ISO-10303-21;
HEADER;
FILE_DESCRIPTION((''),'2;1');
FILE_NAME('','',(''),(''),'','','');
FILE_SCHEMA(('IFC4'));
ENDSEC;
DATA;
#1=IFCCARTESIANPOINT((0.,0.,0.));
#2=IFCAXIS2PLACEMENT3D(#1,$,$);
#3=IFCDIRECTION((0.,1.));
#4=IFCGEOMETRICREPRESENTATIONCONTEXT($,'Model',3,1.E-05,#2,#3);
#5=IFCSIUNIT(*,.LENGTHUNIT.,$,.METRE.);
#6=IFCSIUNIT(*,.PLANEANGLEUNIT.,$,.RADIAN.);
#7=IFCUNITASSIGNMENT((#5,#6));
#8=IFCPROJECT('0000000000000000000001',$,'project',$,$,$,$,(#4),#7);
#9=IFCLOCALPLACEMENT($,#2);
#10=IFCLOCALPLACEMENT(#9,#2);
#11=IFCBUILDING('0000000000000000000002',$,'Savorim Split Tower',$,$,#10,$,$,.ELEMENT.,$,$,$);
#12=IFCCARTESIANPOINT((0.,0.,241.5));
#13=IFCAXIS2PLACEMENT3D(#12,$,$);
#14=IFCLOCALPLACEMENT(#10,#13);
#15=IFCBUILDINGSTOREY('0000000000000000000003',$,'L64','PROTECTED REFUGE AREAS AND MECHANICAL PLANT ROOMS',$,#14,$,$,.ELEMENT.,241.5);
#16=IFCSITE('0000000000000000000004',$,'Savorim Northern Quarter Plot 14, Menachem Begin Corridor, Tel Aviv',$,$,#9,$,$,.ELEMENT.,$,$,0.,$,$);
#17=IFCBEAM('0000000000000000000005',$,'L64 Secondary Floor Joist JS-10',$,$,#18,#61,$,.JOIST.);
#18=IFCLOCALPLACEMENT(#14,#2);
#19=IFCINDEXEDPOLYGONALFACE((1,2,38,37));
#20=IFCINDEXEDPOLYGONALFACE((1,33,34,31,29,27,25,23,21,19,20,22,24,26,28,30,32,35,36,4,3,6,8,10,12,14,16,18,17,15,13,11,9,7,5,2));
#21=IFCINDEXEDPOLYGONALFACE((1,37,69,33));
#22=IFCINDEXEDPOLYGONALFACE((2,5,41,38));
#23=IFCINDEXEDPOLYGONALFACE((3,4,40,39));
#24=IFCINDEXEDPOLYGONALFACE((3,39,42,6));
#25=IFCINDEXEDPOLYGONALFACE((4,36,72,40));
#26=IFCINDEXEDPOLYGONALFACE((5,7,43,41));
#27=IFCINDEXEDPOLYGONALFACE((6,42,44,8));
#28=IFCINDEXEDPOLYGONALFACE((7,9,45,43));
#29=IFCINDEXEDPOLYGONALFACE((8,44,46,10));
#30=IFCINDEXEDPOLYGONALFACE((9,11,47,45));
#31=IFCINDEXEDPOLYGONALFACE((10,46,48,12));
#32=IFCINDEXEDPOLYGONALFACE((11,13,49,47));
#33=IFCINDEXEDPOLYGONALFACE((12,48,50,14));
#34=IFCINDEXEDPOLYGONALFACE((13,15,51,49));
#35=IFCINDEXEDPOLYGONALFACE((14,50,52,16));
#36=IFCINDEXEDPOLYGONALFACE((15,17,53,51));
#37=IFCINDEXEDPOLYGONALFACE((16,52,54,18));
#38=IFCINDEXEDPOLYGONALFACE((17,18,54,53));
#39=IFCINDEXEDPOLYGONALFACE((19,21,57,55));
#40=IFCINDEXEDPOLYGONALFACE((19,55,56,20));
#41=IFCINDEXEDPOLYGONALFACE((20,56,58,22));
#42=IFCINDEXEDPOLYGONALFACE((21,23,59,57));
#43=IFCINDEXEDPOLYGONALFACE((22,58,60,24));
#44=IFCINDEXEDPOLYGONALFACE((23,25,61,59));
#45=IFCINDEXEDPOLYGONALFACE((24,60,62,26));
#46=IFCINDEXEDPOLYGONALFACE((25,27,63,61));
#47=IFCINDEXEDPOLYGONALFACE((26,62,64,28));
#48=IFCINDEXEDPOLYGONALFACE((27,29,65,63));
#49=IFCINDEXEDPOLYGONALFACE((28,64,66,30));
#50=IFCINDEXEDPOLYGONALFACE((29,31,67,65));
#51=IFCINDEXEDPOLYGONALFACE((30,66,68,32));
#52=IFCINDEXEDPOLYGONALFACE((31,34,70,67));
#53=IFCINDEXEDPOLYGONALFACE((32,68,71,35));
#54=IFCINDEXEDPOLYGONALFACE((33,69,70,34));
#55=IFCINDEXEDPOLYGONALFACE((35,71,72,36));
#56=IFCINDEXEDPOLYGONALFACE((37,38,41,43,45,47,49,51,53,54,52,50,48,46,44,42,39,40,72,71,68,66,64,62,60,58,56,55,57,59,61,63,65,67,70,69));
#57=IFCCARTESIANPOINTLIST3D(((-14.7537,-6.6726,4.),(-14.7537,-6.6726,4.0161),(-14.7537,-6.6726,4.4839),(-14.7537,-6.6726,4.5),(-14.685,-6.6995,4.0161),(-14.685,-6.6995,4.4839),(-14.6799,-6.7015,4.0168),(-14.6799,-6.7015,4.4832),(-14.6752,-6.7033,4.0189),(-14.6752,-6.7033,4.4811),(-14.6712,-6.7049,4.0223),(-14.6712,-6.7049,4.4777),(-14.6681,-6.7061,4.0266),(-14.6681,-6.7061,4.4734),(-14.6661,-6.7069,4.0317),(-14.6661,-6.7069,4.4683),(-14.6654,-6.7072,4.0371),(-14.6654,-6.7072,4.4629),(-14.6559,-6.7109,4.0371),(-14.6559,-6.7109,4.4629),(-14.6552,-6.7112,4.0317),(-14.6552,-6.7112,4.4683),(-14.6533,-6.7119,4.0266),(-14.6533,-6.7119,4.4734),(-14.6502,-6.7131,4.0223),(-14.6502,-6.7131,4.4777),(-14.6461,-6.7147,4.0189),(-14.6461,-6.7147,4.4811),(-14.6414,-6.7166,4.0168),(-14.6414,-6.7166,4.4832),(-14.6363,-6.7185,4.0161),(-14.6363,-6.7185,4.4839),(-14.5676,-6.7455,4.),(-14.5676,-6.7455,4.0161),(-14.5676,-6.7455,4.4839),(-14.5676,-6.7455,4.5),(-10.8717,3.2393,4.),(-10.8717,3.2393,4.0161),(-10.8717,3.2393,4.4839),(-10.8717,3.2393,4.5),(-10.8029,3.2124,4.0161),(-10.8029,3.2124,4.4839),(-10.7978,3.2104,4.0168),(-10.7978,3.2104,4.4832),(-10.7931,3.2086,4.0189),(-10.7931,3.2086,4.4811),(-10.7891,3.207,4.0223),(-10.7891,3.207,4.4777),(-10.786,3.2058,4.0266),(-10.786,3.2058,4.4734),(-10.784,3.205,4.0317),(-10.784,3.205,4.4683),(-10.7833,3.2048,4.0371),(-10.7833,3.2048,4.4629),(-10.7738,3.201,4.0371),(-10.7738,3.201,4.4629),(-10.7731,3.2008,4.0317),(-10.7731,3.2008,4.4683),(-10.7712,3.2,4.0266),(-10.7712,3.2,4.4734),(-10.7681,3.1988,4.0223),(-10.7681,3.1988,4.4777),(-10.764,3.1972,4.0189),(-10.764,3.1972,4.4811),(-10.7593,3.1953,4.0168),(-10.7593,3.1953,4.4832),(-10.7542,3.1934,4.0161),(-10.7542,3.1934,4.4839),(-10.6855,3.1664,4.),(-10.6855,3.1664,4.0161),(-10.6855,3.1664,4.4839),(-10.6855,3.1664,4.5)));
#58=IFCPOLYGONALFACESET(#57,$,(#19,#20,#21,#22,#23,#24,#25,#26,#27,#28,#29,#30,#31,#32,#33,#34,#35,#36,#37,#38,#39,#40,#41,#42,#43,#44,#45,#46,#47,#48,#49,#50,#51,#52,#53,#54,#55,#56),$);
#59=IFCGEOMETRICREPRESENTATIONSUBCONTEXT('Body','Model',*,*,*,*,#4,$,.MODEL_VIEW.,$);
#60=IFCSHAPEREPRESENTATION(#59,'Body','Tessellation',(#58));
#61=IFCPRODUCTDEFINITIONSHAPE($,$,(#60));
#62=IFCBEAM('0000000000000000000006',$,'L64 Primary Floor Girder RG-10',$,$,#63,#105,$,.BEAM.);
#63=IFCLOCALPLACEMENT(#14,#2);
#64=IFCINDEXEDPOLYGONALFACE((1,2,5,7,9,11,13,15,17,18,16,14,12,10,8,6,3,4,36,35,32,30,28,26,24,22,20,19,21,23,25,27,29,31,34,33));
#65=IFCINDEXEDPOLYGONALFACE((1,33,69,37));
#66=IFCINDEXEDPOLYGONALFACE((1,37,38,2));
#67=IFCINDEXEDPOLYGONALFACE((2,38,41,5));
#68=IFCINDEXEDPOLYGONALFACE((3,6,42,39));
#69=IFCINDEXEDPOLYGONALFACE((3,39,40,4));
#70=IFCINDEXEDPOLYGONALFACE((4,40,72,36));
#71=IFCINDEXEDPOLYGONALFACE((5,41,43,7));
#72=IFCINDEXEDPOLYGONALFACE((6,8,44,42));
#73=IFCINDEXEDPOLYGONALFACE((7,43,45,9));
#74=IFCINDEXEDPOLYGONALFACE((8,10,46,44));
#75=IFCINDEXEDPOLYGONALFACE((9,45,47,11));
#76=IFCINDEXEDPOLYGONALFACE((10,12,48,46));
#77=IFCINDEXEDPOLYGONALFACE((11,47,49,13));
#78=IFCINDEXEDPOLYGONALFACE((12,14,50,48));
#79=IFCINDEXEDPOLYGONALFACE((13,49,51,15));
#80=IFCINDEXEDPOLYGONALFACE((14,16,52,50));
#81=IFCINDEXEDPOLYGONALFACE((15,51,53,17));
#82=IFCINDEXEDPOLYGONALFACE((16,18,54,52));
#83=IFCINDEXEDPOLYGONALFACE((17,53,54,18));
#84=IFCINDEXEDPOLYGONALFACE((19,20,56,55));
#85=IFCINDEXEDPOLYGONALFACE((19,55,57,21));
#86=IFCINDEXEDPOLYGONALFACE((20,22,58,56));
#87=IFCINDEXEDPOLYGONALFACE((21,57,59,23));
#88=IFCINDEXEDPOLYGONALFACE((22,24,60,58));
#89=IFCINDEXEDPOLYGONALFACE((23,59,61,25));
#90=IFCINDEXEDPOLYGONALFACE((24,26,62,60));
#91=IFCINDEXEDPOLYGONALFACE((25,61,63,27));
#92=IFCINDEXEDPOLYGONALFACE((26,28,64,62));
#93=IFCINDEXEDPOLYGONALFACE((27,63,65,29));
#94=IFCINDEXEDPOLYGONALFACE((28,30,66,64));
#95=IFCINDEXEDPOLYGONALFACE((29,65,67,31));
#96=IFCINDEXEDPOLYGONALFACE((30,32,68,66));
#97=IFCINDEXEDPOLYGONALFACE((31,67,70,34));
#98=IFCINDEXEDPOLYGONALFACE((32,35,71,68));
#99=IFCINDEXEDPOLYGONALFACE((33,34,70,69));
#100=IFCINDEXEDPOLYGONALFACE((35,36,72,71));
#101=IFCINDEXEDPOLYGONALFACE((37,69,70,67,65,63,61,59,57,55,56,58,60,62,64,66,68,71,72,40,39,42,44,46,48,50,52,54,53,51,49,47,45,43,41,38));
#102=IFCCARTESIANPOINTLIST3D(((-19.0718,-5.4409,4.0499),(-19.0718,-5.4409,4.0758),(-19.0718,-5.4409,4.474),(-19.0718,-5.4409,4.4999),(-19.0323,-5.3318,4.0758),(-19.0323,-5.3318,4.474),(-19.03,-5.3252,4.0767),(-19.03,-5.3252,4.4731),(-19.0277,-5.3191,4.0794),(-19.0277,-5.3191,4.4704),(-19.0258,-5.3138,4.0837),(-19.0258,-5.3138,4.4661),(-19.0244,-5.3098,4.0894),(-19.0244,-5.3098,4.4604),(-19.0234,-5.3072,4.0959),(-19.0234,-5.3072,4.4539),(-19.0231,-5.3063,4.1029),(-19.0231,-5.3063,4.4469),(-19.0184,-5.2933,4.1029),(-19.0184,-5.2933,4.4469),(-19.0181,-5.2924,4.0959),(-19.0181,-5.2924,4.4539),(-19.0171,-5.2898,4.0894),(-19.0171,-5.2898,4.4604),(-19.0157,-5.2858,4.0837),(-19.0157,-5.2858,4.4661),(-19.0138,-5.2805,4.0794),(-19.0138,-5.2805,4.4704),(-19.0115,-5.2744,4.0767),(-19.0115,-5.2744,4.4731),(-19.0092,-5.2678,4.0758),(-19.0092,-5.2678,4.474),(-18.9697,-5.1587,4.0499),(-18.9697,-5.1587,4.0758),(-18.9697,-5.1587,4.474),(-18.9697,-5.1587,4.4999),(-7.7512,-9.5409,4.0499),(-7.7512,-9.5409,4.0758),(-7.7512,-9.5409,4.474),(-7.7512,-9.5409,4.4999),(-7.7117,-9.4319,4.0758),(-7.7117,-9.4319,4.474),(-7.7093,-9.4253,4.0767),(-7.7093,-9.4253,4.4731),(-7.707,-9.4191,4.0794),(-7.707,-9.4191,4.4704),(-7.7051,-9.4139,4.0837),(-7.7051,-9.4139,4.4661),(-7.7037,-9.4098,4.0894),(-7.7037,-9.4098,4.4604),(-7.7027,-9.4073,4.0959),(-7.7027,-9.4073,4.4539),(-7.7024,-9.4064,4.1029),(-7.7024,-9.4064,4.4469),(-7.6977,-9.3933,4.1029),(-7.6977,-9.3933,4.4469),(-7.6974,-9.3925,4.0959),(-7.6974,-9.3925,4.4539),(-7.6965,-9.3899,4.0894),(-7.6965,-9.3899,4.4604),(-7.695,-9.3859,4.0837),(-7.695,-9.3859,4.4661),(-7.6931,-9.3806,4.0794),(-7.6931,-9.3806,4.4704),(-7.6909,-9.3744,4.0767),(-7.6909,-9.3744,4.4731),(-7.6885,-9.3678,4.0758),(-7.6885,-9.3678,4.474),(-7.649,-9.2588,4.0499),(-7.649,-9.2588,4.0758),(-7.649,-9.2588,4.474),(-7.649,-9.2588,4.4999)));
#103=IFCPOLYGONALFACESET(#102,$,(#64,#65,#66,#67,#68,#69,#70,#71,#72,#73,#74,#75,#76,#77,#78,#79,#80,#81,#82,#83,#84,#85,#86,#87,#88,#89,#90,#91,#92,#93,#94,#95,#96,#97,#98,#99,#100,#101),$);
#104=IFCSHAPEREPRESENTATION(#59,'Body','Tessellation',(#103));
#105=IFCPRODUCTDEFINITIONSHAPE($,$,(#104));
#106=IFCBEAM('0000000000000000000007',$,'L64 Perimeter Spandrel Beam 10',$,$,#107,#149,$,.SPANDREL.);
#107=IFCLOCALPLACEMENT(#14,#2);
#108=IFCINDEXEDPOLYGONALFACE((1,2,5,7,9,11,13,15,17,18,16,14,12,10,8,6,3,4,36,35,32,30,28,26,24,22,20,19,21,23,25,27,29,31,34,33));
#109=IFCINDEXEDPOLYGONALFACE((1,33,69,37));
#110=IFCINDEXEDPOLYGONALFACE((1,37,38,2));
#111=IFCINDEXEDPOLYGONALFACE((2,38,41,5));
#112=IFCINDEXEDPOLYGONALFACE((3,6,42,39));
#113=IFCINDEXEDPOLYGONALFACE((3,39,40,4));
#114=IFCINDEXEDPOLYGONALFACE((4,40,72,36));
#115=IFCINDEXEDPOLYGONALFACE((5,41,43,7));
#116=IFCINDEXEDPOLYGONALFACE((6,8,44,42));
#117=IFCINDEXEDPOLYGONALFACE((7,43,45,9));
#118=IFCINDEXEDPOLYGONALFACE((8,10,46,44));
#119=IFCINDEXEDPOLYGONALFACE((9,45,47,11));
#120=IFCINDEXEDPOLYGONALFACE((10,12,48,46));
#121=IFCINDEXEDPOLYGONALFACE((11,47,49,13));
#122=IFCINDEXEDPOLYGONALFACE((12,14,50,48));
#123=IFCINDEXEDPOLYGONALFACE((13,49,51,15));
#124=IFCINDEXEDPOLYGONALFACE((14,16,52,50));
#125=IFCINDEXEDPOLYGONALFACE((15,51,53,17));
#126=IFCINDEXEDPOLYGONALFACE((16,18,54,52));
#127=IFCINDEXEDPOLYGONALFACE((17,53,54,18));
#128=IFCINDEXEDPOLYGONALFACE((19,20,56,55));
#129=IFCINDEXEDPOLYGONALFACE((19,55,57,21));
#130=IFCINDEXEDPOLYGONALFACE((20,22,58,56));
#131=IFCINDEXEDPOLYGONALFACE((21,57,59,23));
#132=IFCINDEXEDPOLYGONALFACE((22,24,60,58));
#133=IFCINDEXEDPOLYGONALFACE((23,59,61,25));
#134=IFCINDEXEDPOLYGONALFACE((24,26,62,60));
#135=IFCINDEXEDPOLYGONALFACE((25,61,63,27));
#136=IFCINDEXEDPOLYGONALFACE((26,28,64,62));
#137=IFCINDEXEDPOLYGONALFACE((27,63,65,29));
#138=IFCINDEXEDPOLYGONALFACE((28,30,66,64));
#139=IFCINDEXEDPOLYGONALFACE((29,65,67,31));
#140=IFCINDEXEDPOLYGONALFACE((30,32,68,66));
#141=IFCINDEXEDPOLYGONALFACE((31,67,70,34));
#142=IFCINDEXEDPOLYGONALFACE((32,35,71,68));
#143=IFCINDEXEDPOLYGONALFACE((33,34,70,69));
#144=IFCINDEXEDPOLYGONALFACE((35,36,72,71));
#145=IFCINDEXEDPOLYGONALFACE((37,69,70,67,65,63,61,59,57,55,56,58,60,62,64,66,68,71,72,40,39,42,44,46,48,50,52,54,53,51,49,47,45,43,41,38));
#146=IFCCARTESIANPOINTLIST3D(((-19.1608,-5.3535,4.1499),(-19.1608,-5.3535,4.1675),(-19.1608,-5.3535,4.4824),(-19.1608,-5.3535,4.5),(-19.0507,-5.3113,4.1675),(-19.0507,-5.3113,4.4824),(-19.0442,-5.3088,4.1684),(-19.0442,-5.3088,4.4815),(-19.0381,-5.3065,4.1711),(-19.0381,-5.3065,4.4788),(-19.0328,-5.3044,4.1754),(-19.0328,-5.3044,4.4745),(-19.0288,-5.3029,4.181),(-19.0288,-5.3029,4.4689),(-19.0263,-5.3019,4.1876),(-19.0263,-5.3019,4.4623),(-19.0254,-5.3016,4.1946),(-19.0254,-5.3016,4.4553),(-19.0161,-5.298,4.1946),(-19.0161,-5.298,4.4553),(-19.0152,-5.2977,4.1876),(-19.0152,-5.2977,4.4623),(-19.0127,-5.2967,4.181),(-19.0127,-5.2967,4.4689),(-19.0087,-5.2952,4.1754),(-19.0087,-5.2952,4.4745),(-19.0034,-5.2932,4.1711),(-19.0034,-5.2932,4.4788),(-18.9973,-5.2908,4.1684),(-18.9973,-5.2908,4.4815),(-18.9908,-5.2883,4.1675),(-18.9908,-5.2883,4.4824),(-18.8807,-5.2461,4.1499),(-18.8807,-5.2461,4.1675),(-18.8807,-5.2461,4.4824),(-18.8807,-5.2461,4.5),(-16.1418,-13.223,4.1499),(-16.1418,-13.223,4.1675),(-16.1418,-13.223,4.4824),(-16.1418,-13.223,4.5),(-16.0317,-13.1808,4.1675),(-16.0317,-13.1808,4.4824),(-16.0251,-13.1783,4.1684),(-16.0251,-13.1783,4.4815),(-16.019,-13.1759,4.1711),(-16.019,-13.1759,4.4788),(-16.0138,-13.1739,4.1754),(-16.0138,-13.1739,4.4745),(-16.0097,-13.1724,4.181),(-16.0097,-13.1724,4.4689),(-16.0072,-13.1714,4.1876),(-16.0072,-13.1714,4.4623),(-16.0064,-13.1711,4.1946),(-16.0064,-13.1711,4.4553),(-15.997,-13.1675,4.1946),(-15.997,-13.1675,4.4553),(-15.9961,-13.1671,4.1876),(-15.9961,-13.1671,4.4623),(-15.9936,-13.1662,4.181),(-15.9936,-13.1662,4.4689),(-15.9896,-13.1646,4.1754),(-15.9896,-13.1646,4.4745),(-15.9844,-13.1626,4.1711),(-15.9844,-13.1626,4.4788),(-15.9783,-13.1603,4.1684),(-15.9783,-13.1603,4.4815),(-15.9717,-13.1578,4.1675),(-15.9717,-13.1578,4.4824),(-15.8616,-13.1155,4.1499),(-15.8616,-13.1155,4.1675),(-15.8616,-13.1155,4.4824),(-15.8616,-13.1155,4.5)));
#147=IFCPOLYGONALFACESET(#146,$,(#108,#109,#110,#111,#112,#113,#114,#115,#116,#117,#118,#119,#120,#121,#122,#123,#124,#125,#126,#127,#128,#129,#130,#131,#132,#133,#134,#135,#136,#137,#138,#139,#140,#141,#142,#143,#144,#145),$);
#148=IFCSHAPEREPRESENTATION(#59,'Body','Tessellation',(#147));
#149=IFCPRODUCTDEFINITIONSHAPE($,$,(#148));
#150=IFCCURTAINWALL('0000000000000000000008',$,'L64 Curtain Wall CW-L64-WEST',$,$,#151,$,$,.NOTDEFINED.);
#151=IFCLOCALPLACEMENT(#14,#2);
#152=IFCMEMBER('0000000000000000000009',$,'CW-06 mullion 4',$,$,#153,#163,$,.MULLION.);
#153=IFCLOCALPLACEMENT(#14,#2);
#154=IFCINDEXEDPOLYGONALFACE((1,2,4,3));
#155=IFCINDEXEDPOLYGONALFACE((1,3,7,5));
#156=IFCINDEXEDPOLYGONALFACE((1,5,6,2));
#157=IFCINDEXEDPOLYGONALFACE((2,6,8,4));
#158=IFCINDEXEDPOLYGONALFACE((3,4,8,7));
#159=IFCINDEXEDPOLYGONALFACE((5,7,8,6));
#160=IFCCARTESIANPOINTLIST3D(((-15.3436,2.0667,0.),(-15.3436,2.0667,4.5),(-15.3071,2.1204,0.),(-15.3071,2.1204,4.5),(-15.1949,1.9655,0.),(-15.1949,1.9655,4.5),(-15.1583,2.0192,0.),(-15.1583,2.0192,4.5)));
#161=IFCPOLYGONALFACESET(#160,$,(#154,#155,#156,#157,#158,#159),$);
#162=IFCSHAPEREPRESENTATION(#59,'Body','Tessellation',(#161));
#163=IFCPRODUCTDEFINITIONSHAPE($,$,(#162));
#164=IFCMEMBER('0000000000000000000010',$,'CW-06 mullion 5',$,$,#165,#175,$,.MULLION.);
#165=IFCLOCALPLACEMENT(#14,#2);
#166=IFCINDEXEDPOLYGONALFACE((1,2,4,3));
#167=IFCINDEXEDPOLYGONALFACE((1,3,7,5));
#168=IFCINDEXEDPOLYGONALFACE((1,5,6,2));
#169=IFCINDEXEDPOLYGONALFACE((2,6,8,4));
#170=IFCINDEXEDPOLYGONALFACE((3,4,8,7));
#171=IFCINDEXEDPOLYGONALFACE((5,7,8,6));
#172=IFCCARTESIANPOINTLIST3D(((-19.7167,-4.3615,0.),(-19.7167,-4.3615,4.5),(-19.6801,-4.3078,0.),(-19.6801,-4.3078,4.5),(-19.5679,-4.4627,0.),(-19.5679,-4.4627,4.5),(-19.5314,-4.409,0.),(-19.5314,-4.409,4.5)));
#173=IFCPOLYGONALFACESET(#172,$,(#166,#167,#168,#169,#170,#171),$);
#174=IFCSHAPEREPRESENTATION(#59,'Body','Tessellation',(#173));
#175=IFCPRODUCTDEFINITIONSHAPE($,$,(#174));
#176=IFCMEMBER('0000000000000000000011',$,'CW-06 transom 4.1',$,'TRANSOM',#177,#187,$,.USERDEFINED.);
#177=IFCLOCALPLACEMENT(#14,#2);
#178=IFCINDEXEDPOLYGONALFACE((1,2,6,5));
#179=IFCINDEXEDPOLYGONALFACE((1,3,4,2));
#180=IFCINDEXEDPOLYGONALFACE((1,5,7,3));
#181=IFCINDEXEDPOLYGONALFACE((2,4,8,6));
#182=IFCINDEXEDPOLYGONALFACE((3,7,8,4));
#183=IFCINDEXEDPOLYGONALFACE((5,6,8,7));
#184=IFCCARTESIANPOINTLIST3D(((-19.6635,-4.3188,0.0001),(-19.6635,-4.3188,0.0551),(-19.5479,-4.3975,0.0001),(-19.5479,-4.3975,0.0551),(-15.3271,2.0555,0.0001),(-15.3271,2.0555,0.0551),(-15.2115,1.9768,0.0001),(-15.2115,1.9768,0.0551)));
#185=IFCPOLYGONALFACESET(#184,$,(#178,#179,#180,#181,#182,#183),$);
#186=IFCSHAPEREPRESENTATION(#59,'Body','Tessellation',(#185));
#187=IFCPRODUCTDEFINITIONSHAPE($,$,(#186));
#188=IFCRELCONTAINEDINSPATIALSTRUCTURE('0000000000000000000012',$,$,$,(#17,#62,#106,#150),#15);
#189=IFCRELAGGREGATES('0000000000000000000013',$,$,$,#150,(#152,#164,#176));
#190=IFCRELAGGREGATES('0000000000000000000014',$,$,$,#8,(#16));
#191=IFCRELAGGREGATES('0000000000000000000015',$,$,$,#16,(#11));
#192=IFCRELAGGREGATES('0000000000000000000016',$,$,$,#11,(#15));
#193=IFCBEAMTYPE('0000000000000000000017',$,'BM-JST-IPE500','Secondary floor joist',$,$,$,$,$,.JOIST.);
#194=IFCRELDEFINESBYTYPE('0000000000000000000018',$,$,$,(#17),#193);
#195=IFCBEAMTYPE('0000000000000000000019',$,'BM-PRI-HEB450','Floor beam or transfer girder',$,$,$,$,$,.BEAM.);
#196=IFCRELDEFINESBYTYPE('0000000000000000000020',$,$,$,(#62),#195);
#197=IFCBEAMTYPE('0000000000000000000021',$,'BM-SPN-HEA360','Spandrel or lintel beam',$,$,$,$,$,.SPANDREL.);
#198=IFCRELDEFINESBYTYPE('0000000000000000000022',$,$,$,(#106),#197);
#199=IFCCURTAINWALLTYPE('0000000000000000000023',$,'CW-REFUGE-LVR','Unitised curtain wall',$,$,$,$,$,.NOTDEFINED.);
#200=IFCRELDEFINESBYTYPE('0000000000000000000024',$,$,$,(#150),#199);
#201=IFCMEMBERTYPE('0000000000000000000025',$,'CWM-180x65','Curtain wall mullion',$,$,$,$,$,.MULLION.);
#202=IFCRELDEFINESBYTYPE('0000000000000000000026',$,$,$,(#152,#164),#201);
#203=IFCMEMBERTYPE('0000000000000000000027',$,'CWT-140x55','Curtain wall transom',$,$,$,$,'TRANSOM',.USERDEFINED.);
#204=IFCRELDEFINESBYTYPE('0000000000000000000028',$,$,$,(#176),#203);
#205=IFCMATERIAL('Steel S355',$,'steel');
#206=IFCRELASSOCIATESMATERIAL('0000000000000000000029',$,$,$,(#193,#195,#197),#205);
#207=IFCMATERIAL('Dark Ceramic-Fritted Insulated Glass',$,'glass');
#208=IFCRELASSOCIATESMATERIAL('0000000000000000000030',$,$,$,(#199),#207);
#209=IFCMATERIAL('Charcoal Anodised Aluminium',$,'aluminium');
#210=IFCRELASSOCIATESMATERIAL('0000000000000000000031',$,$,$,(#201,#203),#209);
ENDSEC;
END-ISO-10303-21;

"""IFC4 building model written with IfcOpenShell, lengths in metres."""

from ifc_helpers import new_model, si_unit, direction, frame, origin, origin_2d, place, context, subcontext, project, spatial, rectangle, i_section, extrude, material, material_profile, profile_set, type_object, element, aggregate, save


model = new_model("IFC4")

# Units and contexts
model_context = context("Model", 3, precision=1e-05, world=origin(), true_north=direction((0.0, 1.0)))
body_context = subcontext(model_context, "Body", "Model", "MODEL_VIEW")
ifc_project = project(units=[si_unit("LENGTHUNIT", "METRE"), si_unit("PLANEANGLEUNIT", "RADIAN")], contexts=[model_context])

# Site, building, storey
site_placement = place(None, origin())
site = spatial("IfcSite", under=ifc_project, at=site_placement, Name="Savorim Northern Quarter Plot 14, Menachem Begin Corridor, Tel Aviv", CompositionType="ELEMENT", RefElevation=0.0)
building_placement = place(site_placement, origin())
building = spatial("IfcBuilding", under=site, at=building_placement, Name="Savorim Split Tower", CompositionType="ELEMENT")
storey_placement = place(building_placement, frame((0.0, 0.0, 241.5)))
storey = spatial("IfcBuildingStorey", under=building, at=storey_placement, Name="L64", Description="PROTECTED REFUGE AREAS AND MECHANICAL PLANT ROOMS", CompositionType="ELEMENT", Elevation=241.5)

# Shared definitions
ifc_material_1 = material(Name="Steel S355", Category="steel")

# Beams
ifc_material_profile_1 = material_profile(ifc_material_1, i_section(OverallWidth=0.2, OverallDepth=0.5, WebThickness=0.0103, FlangeThickness=0.0161, FilletRadius=0.021, at=origin_2d()), Name="IPE 500")
ifc_profile_set_1 = profile_set([ifc_material_profile_1], Name="Steel S355")
beam_type_1 = type_object("IfcBeamType", Name="BM-JST-IPE500", Description="Secondary floor joist", PredefinedType="JOIST", material=ifc_profile_set_1)
beam_1_placement = place(storey_placement, frame((-10.7786, 3.2029, 4.25), z_axis=(-0.364686, -0.93113, 0.0), x_axis=(0.93113, -0.364686, 0.0)))
element("IfcBeam", 1, at=beam_1_placement, inside=storey, type_object=beam_type_1, Name="L64 Secondary Floor Joist JS-10", PredefinedType="JOIST", context=body_context, shape_type="SweptSolid", body=[
    extrude(i_section(OverallWidth=0.2, OverallDepth=0.5, WebThickness=0.0103, FlangeThickness=0.0161, FilletRadius=0.021, at=origin_2d()), origin(), (0.0, 0.0, 1.0), 10.645),
])
ifc_material_profile_2 = material_profile(ifc_material_1, i_section(OverallWidth=0.3, OverallDepth=0.45, WebThickness=0.0139, FlangeThickness=0.0259, FilletRadius=0.0271, at=origin_2d()), Name="HEB 450")
ifc_profile_set_2 = profile_set([ifc_material_profile_2], Name="Steel S355")
beam_type_2 = type_object("IfcBeamType", Name="BM-PRI-HEB450", Description="Floor beam or transfer girder", PredefinedType="BEAM", material=ifc_profile_set_2)
beam_2_placement = place(storey_placement, frame((-19.0208, -5.2998, 4.2749), z_axis=(0.940234, -0.340528, 0.0), x_axis=(0.340528, 0.940234, 0.0)))
element("IfcBeam", 2, at=beam_2_placement, inside=storey, type_object=beam_type_2, Name="L64 Primary Floor Girder RG-10", PredefinedType="BEAM", context=body_context, shape_type="SweptSolid", body=[
    extrude(i_section(OverallWidth=0.3, OverallDepth=0.45, WebThickness=0.0139, FlangeThickness=0.0259, FilletRadius=0.0271, at=origin_2d()), origin(), (0.0, 0.0, 1.0), 12.0403),
])
ifc_material_profile_3 = material_profile(ifc_material_1, i_section(OverallWidth=0.3, OverallDepth=0.3501, WebThickness=0.01, FlangeThickness=0.0176, FilletRadius=0.0271, at=origin_2d()), Name="HEA 360")
ifc_profile_set_3 = profile_set([ifc_material_profile_3], Name="Steel S355")
beam_type_3 = type_object("IfcBeamType", Name="BM-SPN-HEA360", Description="Spandrel or lintel beam", PredefinedType="SPANDREL", material=ifc_profile_set_3)
beam_3_placement = place(storey_placement, frame((-19.0208, -5.2998, 4.325), z_axis=(0.358189, -0.933649, 0.0), x_axis=(0.933649, 0.358189, 0.0)))
element("IfcBeam", 3, at=beam_3_placement, inside=storey, type_object=beam_type_3, Name="L64 Perimeter Spandrel Beam 10", PredefinedType="SPANDREL", context=body_context, shape_type="SweptSolid", body=[
    extrude(i_section(OverallWidth=0.3, OverallDepth=0.3501, WebThickness=0.01, FlangeThickness=0.0176, FilletRadius=0.0271, at=origin_2d()), origin(), (0.0, 0.0, 1.0), 8.4287),
])

# Curtain wall, members
ifc_material_2 = material(Name="Dark Ceramic-Fritted Insulated Glass", Category="glass")
curtain_wall_type = type_object("IfcCurtainWallType", Name="CW-REFUGE-LVR", Description="Unitised curtain wall", PredefinedType="NOTDEFINED", material=ifc_material_2)
curtain_wall_placement = place(storey_placement, origin())
curtain_wall = element("IfcCurtainWall", 4, at=curtain_wall_placement, inside=storey, type_object=curtain_wall_type, Name="L64 Curtain Wall CW-L64-WEST", PredefinedType="NOTDEFINED")
ifc_material_3 = material(Name="Charcoal Anodised Aluminium", Category="aluminium")
ifc_material_profile_4 = material_profile(ifc_material_3, rectangle(XDim=0.1799, YDim=0.0649, at=origin_2d()), Name="ALU-M 180x65")
ifc_profile_set_4 = profile_set([ifc_material_profile_4], Name="Charcoal Anodised Aluminium")
member_type_1 = type_object("IfcMemberType", Name="CWM-180x65", Description="Curtain wall mullion", PredefinedType="MULLION", material=ifc_profile_set_4)
member_1_placement = place(storey_placement, frame((-15.251, 2.043, 0.0), z_axis=(0.0, 0.0, 1.0), x_axis=(0.826818, -0.562469, 0.0)))
member_1 = element("IfcMember", 5, at=member_1_placement, type_object=member_type_1, Name="CW-06 mullion 4", PredefinedType="MULLION", context=body_context, shape_type="SweptSolid", body=[
    extrude(rectangle(XDim=0.1799, YDim=0.0649, at=origin_2d()), origin(), (0.0, 0.0, 1.0), 4.5),
])
member_2_placement = place(storey_placement, frame((-19.624, -4.3853, 0.0), z_axis=(0.0, 0.0, 1.0), x_axis=(0.826818, -0.562469, 0.0)))
member_2 = element("IfcMember", 6, at=member_2_placement, type_object=member_type_1, Name="CW-06 mullion 5", PredefinedType="MULLION", context=body_context, shape_type="SweptSolid", body=[
    extrude(rectangle(XDim=0.1799, YDim=0.0649, at=origin_2d()), origin(), (0.0, 0.0, 1.0), 4.5),
])
ifc_material_profile_5 = material_profile(ifc_material_3, rectangle(XDim=0.1399, YDim=0.0549, at=origin_2d()), Name="ALU-T 140x55")
ifc_profile_set_5 = profile_set([ifc_material_profile_5], Name="Charcoal Anodised Aluminium")
member_type_2 = type_object("IfcMemberType", Name="CWT-140x55", Description="Curtain wall transom", ElementType="TRANSOM", PredefinedType="USERDEFINED", material=ifc_profile_set_5)
member_3_placement = place(storey_placement, frame((-15.2693, 2.0161, 0.0276), z_axis=(-0.562481, -0.82681, 0.0), x_axis=(0.82681, -0.562481, 0.0)))
member_3 = element("IfcMember", 7, at=member_3_placement, type_object=member_type_2, Name="CW-06 transom 4.1", ObjectType="TRANSOM", PredefinedType="USERDEFINED", context=body_context, shape_type="SweptSolid", body=[
    extrude(rectangle(XDim=0.1399, YDim=0.0549, at=origin_2d()), origin(), (0.0, 0.0, 1.0), 7.7095),
])

aggregate(curtain_wall, [member_1, member_2, member_3])

save(model, "model.ifc")
